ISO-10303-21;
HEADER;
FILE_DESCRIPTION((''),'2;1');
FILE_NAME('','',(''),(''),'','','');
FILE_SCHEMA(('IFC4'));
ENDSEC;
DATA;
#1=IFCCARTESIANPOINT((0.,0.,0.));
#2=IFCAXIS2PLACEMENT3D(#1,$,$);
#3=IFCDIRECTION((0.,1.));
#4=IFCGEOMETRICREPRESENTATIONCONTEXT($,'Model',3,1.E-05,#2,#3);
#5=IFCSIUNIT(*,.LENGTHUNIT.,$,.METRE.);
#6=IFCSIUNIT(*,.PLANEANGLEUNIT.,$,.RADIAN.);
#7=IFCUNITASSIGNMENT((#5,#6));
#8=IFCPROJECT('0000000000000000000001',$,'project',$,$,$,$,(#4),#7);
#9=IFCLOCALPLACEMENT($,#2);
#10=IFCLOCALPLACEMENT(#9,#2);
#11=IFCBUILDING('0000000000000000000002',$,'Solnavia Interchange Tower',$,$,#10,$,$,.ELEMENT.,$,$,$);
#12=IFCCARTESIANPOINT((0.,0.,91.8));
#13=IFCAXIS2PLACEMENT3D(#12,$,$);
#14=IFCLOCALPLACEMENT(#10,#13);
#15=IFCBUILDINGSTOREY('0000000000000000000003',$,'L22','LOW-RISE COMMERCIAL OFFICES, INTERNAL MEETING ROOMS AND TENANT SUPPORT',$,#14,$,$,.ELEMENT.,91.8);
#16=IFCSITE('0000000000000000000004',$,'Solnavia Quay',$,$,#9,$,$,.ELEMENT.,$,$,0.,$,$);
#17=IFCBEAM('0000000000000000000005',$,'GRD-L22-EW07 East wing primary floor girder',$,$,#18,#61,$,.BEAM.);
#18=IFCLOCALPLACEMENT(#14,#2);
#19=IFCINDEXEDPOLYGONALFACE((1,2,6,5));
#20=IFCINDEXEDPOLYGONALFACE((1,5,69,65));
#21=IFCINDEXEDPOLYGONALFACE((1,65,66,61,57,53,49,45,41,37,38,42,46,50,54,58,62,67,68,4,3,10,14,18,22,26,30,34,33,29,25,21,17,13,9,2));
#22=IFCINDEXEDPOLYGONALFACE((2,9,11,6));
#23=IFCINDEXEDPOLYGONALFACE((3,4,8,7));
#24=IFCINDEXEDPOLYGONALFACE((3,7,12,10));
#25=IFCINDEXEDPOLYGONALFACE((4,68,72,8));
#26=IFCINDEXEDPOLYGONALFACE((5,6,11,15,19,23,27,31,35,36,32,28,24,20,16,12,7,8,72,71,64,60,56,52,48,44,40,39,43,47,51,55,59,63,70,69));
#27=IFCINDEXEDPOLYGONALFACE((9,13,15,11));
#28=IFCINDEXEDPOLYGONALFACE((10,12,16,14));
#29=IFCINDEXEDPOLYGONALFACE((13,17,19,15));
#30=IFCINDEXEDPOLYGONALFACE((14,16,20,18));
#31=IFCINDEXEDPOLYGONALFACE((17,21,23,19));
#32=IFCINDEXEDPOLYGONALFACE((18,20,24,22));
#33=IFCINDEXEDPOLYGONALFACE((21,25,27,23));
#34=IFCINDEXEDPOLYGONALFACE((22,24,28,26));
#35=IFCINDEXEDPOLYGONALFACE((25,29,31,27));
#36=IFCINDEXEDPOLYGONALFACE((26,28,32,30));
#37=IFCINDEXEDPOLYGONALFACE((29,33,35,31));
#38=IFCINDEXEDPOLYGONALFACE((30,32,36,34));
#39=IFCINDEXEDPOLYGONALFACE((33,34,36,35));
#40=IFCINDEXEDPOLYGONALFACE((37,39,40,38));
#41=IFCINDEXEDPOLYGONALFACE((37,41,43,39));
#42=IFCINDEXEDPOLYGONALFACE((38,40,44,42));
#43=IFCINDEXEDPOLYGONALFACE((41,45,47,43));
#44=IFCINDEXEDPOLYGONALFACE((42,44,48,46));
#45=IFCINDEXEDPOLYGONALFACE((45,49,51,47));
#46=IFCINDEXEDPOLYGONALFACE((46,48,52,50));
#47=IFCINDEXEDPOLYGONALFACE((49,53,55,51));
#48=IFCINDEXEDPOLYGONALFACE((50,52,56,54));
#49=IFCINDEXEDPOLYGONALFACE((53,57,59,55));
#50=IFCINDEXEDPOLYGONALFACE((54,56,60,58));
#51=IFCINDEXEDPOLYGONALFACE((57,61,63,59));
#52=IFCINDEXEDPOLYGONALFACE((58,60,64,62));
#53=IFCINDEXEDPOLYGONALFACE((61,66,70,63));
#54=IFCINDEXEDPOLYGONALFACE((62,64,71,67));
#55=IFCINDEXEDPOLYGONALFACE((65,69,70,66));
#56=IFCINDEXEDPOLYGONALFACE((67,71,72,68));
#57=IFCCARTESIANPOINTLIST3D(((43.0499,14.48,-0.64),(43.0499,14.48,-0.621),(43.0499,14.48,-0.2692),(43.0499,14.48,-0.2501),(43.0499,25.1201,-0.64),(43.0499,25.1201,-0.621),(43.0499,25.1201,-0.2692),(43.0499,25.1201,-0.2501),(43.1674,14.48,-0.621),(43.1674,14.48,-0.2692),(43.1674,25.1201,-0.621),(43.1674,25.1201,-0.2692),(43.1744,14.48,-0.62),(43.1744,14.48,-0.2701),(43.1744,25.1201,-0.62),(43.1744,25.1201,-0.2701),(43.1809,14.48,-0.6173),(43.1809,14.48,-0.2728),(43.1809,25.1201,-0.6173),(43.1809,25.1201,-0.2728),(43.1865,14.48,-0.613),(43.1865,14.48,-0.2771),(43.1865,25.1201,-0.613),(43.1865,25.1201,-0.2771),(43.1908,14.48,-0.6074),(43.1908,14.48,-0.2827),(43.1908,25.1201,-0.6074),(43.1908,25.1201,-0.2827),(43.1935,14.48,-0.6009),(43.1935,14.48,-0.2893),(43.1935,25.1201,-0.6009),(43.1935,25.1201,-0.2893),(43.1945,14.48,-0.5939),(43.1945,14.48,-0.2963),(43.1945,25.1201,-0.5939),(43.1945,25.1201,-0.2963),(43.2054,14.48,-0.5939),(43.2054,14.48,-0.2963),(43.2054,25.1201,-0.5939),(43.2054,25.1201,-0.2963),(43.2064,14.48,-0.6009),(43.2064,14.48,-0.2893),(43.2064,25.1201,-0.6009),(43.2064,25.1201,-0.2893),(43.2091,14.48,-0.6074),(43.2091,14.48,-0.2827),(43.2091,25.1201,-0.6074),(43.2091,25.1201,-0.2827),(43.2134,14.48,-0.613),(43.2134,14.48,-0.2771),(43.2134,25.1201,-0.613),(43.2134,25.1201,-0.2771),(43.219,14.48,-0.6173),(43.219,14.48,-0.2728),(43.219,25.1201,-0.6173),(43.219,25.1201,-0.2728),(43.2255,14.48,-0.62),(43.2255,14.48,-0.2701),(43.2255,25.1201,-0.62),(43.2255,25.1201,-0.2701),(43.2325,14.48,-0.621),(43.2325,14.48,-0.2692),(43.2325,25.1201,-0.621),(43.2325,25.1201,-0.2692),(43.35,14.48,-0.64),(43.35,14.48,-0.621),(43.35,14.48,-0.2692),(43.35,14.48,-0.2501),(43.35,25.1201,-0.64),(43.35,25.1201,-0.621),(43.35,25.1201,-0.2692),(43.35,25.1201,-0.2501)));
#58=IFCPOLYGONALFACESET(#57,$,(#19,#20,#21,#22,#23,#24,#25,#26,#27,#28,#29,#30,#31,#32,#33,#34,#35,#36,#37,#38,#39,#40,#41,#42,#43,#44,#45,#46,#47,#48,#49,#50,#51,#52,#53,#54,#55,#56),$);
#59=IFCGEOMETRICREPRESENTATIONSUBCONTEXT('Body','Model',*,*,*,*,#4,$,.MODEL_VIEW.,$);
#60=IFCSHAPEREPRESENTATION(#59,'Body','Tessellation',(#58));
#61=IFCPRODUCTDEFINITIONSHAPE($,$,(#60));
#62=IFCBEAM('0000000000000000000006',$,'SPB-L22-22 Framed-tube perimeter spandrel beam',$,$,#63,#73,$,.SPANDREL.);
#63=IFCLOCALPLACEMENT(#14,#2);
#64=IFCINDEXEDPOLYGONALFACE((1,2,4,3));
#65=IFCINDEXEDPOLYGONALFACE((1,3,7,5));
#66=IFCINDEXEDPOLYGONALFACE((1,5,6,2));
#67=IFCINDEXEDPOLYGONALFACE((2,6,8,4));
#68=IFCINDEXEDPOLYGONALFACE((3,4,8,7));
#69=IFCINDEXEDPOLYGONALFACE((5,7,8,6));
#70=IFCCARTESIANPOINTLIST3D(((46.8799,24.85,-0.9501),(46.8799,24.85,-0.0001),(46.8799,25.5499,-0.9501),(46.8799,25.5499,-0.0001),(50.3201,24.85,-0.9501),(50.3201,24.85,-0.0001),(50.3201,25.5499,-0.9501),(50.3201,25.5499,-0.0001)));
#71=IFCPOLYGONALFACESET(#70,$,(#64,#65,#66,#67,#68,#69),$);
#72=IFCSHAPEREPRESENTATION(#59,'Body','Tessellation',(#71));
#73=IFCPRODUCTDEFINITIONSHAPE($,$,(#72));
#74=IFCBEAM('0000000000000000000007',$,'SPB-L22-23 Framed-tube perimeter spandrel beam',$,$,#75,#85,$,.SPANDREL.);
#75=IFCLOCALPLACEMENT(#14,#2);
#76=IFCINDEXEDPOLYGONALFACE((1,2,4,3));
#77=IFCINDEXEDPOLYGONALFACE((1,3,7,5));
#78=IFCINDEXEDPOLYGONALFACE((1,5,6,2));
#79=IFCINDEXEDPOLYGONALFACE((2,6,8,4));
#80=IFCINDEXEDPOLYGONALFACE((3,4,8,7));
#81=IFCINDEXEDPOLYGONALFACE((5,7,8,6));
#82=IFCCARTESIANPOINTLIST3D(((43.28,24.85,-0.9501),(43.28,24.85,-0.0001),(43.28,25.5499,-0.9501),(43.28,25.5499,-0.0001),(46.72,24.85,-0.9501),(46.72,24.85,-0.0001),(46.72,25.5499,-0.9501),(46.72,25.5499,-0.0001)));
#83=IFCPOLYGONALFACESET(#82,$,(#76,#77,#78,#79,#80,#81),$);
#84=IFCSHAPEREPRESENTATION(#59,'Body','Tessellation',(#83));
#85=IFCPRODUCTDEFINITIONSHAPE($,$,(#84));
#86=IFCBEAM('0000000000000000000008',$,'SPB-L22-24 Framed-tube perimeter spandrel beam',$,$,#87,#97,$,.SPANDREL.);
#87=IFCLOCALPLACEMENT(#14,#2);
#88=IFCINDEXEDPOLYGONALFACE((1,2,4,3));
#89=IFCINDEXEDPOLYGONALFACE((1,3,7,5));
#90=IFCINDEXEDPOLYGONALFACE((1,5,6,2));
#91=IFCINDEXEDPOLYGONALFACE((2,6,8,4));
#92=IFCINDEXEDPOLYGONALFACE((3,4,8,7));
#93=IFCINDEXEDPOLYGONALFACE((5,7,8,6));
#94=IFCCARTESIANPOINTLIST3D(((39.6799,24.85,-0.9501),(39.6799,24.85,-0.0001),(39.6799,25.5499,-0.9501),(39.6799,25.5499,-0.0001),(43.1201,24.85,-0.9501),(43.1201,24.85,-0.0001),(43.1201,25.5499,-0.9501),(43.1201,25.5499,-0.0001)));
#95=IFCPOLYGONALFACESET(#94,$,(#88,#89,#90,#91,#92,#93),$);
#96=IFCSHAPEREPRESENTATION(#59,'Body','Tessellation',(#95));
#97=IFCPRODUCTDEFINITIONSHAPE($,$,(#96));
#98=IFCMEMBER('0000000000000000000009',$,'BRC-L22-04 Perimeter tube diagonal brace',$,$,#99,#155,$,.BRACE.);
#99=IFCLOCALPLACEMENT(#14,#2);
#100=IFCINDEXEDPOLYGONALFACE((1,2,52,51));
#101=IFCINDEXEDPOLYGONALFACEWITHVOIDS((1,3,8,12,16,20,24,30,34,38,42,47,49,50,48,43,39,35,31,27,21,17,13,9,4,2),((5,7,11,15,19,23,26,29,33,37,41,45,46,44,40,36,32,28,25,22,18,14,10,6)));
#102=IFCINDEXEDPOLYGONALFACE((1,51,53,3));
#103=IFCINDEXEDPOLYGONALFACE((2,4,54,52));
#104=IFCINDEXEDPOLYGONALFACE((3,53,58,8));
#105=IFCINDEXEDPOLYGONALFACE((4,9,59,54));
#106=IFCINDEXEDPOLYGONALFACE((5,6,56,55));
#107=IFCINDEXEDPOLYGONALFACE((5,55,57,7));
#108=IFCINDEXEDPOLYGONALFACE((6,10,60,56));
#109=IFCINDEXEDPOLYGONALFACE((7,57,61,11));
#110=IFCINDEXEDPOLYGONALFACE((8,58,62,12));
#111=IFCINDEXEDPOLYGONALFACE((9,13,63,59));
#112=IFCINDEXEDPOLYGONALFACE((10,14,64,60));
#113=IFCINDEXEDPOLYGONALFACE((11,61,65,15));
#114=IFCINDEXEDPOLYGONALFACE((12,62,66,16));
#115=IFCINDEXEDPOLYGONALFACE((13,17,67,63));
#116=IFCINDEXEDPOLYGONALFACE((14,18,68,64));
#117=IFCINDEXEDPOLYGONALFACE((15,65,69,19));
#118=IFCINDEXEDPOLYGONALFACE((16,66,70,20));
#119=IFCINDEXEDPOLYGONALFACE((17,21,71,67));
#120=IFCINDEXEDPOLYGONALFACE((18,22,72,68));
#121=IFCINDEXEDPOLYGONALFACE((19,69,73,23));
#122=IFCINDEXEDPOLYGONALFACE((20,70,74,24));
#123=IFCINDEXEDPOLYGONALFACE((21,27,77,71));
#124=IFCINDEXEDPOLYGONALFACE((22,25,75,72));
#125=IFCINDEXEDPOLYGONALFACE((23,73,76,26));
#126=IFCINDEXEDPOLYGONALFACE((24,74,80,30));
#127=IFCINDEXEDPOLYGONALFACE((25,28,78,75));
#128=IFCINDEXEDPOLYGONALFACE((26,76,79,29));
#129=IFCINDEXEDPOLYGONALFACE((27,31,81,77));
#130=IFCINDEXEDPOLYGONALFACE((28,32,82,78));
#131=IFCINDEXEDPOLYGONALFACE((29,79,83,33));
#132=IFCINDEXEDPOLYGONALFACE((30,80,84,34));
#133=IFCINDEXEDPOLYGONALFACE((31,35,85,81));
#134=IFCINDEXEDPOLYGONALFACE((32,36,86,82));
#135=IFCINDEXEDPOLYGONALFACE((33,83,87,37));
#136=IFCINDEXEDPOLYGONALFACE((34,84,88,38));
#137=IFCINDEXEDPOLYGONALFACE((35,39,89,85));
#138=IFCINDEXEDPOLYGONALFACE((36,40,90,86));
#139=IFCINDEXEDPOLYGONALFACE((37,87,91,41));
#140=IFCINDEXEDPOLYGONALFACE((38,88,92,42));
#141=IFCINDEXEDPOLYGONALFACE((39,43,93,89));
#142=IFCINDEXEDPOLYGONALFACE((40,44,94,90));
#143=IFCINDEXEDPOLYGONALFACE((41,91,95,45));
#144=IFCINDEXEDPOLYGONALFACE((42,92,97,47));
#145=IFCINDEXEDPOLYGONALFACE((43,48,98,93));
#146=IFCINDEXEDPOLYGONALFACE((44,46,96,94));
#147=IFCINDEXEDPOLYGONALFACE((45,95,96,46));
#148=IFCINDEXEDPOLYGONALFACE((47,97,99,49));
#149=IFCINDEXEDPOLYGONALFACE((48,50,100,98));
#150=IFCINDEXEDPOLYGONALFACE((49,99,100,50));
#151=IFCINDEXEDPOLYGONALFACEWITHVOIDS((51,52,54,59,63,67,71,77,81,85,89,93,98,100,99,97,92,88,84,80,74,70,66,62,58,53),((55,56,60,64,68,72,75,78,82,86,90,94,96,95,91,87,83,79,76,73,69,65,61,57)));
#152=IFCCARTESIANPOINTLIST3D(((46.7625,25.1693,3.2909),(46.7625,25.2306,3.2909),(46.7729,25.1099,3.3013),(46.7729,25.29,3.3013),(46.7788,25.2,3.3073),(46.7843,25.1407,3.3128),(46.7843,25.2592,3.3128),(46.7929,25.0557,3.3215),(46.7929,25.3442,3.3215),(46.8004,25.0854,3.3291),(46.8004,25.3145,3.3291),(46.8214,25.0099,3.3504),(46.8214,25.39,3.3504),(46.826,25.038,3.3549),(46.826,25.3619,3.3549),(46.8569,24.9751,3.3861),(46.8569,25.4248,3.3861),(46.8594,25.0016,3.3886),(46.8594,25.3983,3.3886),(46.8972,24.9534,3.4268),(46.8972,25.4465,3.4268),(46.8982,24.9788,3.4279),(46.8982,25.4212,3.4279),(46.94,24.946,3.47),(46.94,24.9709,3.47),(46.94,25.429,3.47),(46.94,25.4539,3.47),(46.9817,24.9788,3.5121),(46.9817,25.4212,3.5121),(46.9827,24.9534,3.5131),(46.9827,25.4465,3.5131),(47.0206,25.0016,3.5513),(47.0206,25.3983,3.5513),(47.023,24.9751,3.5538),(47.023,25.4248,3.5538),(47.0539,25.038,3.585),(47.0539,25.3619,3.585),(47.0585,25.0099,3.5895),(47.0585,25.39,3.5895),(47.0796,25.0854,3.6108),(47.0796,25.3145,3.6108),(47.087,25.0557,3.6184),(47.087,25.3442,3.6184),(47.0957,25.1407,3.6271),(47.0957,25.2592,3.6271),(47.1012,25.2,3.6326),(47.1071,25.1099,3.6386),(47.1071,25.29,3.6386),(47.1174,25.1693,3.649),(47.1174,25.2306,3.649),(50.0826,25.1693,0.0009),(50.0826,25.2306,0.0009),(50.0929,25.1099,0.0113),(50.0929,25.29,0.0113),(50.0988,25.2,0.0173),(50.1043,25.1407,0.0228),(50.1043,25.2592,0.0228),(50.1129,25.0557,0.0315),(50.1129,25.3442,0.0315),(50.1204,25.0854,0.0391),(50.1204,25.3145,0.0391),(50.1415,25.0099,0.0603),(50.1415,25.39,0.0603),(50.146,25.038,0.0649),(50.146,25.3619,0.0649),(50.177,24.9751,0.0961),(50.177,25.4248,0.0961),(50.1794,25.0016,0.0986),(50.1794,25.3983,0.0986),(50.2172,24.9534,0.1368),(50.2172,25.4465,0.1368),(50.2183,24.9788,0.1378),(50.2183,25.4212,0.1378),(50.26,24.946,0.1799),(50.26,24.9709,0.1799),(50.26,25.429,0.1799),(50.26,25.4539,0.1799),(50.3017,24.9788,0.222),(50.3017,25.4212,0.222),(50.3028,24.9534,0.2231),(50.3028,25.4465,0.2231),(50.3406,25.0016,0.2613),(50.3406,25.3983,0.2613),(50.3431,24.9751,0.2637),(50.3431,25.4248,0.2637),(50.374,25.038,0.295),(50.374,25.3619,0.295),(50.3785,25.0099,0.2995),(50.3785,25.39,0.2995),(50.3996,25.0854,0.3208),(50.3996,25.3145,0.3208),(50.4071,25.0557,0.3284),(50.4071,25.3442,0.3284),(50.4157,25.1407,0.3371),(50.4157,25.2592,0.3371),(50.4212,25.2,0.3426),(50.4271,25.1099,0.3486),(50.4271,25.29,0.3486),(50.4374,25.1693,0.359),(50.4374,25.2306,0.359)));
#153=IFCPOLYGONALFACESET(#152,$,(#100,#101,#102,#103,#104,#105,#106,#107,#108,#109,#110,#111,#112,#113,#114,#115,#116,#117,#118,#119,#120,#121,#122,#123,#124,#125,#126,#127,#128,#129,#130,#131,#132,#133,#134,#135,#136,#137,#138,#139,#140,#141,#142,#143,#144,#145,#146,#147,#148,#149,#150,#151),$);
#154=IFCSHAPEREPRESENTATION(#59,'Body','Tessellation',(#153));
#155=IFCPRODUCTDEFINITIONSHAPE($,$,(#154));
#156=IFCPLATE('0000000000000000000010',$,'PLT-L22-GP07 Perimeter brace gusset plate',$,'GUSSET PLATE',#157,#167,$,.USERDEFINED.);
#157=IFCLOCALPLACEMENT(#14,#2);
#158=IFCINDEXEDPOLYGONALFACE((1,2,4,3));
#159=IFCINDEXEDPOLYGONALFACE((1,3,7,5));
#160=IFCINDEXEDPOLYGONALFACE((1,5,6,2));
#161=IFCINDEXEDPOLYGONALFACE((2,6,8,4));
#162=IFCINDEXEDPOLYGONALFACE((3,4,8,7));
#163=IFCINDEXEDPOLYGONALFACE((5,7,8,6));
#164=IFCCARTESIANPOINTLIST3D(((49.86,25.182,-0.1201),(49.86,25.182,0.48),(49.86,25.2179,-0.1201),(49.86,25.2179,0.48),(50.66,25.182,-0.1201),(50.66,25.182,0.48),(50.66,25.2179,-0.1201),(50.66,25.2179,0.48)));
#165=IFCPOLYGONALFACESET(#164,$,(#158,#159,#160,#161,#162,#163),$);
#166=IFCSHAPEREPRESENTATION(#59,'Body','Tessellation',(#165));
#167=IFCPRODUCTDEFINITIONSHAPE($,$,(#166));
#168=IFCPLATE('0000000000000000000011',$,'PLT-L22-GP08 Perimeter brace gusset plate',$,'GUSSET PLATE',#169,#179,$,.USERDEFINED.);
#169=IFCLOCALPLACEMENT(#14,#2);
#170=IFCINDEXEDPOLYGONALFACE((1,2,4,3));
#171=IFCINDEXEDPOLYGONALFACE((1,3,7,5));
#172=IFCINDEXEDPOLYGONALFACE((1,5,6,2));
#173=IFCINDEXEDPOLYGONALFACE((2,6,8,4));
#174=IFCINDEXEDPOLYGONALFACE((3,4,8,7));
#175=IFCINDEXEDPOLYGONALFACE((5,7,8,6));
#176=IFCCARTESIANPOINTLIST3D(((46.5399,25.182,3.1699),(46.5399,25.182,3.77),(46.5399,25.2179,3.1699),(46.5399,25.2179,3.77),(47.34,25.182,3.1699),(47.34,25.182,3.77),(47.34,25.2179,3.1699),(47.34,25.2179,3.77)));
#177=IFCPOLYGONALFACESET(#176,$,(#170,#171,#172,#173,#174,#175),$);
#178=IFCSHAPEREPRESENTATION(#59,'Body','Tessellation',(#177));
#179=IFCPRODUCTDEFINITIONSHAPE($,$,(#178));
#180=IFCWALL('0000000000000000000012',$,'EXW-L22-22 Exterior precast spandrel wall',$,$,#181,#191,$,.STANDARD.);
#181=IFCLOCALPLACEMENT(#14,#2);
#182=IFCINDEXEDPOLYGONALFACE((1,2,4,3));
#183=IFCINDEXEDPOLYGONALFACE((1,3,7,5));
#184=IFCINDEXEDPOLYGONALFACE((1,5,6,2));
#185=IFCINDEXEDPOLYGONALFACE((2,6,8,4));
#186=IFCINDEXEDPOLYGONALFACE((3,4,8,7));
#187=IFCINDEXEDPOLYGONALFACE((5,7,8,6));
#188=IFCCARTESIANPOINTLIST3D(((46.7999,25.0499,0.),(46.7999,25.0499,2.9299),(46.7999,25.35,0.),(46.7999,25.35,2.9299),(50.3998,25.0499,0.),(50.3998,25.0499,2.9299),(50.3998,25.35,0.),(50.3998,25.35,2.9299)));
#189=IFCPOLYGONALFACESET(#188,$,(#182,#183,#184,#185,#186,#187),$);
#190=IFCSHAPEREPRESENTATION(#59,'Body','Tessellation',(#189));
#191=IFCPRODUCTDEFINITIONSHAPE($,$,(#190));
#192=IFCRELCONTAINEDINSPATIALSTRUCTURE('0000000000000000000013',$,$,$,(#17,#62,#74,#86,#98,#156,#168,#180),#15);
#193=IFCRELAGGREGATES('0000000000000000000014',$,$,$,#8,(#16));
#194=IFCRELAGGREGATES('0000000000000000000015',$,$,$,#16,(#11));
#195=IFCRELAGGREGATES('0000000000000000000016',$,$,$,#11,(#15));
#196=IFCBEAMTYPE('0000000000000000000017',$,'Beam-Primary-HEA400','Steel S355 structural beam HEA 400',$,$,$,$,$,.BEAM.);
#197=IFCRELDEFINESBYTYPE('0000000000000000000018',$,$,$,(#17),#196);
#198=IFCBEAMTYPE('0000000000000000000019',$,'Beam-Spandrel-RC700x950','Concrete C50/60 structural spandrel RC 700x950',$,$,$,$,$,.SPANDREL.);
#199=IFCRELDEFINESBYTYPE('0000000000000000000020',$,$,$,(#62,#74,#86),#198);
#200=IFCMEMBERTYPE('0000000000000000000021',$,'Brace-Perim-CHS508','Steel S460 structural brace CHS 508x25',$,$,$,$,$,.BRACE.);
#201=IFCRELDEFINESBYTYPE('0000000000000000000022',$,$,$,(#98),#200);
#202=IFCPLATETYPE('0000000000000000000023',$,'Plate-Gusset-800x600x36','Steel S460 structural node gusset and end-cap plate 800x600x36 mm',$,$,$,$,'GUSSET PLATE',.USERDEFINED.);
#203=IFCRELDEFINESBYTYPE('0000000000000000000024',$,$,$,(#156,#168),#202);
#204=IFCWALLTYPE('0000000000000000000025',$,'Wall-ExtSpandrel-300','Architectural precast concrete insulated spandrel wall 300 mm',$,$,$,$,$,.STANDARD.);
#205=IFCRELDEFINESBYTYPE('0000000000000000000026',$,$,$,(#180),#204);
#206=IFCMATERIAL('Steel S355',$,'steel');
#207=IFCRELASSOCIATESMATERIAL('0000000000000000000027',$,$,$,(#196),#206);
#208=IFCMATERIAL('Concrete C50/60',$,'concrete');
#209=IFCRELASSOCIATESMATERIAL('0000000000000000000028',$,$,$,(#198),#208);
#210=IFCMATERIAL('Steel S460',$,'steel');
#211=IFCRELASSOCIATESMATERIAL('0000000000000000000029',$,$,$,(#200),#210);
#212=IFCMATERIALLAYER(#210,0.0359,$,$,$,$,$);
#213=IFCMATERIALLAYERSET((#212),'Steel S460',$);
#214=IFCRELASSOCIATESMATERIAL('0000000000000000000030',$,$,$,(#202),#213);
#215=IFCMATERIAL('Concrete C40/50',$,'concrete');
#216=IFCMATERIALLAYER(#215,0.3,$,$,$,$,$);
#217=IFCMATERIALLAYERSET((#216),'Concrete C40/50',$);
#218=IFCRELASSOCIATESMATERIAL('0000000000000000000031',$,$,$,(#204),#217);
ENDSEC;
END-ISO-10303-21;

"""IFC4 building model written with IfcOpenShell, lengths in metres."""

from ifc_helpers import new_model, si_unit, direction, frame, frame_2d, origin, origin_2d, place, context, subcontext, project, spatial, rectangle, hollow_circle, i_section, extrude, material, layer, layer_set, material_profile, profile_set, type_object, element, save


model = new_model("IFC4")

# Units and contexts
model_context = context("Model", 3, precision=1e-05, world=origin(), true_north=direction((0.0, 1.0)))
body_context = subcontext(model_context, "Body", "Model", "MODEL_VIEW")
ifc_project = project(units=[si_unit("LENGTHUNIT", "METRE"), si_unit("PLANEANGLEUNIT", "RADIAN")], contexts=[model_context])

# Site, building, storey
site_placement = place(None, origin())
site = spatial("IfcSite", under=ifc_project, at=site_placement, Name="Solnavia Quay", CompositionType="ELEMENT", RefElevation=0.0)
building_placement = place(site_placement, origin())
building = spatial("IfcBuilding", under=site, at=building_placement, Name="Solnavia Interchange Tower", CompositionType="ELEMENT")
storey_placement = place(building_placement, frame((0.0, 0.0, 91.8)))
storey = spatial("IfcBuildingStorey", under=building, at=storey_placement, Name="L22", Description="LOW-RISE COMMERCIAL OFFICES, INTERNAL MEETING ROOMS AND TENANT SUPPORT", CompositionType="ELEMENT", Elevation=91.8)

# Shared definitions
ifc_material_1 = material(Name="Concrete C50/60", Category="concrete")
ifc_material_2 = material(Name="Steel S355", Category="steel")

# Beams
ifc_material_profile_1 = material_profile(ifc_material_2, i_section(OverallWidth=0.3, OverallDepth=0.3899, WebThickness=0.011, FlangeThickness=0.019, FilletRadius=0.0271, at=origin_2d()), Name="HEA 400")
ifc_profile_set_1 = profile_set([ifc_material_profile_1], Name="Steel S355")
beam_type_1 = type_object("IfcBeamType", Name="Beam-Primary-HEA400", Description="Steel S355 structural beam HEA 400", PredefinedType="BEAM", material=ifc_profile_set_1)
beam_1_placement = place(storey_placement, frame((43.2, 14.48, -0.4451), z_axis=(0.0, 1.0, 0.0), x_axis=(-1.0, 0.0, 0.0)))
element("IfcBeam", 1, at=beam_1_placement, inside=storey, type_object=beam_type_1, Name="GRD-L22-EW07 East wing primary floor girder", PredefinedType="BEAM", context=body_context, shape_type="SweptSolid", body=[
    extrude(i_section(OverallWidth=0.3, OverallDepth=0.3899, WebThickness=0.011, FlangeThickness=0.019, FilletRadius=0.0271, at=origin_2d()), origin(), (0.0, 0.0, 1.0), 10.6401),
])
ifc_material_profile_2 = material_profile(ifc_material_1, rectangle(XDim=0.7, YDim=0.95, at=origin_2d()), Name="RC 700x950")
ifc_profile_set_2 = profile_set([ifc_material_profile_2], Name="Concrete C50/60")
beam_type_2 = type_object("IfcBeamType", Name="Beam-Spandrel-RC700x950", Description="Concrete C50/60 structural spandrel RC 700x950", PredefinedType="SPANDREL", material=ifc_profile_set_2)
beam_2_placement = place(storey_placement, frame((50.3201, 25.2, -0.4751), z_axis=(-1.0, 0.0, 0.0), x_axis=(0.0, -1.0, 0.0)))
element("IfcBeam", 2, at=beam_2_placement, inside=storey, type_object=beam_type_2, Name="SPB-L22-22 Framed-tube perimeter spandrel beam", PredefinedType="SPANDREL", context=body_context, shape_type="SweptSolid", body=[
    extrude(rectangle(XDim=0.7, YDim=0.95, at=origin_2d()), origin(), (0.0, 0.0, 1.0), 3.4402),
])
beam_3_placement = place(storey_placement, frame((46.72, 25.2, -0.4751), z_axis=(-1.0, 0.0, 0.0), x_axis=(0.0, -1.0, 0.0)))
element("IfcBeam", 3, at=beam_3_placement, inside=storey, type_object=beam_type_2, Name="SPB-L22-23 Framed-tube perimeter spandrel beam", PredefinedType="SPANDREL", context=body_context, shape_type="SweptSolid", body=[
    extrude(rectangle(XDim=0.7, YDim=0.95, at=origin_2d()), origin(), (0.0, 0.0, 1.0), 3.4399),
])
beam_4_placement = place(storey_placement, frame((43.1201, 25.2, -0.4751), z_axis=(-1.0, 0.0, 0.0), x_axis=(0.0, -1.0, 0.0)))
element("IfcBeam", 4, at=beam_4_placement, inside=storey, type_object=beam_type_2, Name="SPB-L22-24 Framed-tube perimeter spandrel beam", PredefinedType="SPANDREL", context=body_context, shape_type="SweptSolid", body=[
    extrude(rectangle(XDim=0.7, YDim=0.95, at=origin_2d()), origin(), (0.0, 0.0, 1.0), 3.4402),
])

# Member
ifc_material_3 = material(Name="Steel S460", Category="steel")
ifc_material_profile_3 = material_profile(ifc_material_3, hollow_circle(Radius=0.2539, WallThickness=0.0249, at=origin_2d()), Name="CHS 508x25")
ifc_profile_set_3 = profile_set([ifc_material_profile_3], Name="Steel S460")
member_type = type_object("IfcMemberType", Name="Brace-Perim-CHS508", Description="Steel S460 structural brace CHS 508x25", PredefinedType="BRACE", material=ifc_profile_set_3)
member_placement = place(storey_placement, frame((50.26, 25.2, 0.1799), z_axis=(-0.710312, 0.0, 0.703887), x_axis=(0.0, -1.0, 0.0)))
element("IfcMember", 5, at=member_placement, inside=storey, type_object=member_type, Name="BRC-L22-04 Perimeter tube diagonal brace", PredefinedType="BRACE", context=body_context, shape_type="SweptSolid", body=[
    extrude(hollow_circle(Radius=0.2539, WallThickness=0.0249, at=origin_2d()), origin(), (0.0, 0.0, 1.0), 4.6741),
])

# Plates
ifc_layer_1 = layer(ifc_material_3, 0.0359)
ifc_layer_set_1 = layer_set([ifc_layer_1], Name="Steel S460")
plate_type = type_object("IfcPlateType", Name="Plate-Gusset-800x600x36", Description="Steel S460 structural node gusset and end-cap plate 800x600x36 mm", ElementType="GUSSET PLATE", PredefinedType="USERDEFINED", material=ifc_layer_set_1)
for number, where, z_axis, x_axis, name in (
    (6, (50.26, 25.2, -0.1201), (0.0, 0.0, 1.0), (-1.0, 0.0, 0.0), "PLT-L22-GP07 Perimeter brace gusset plate"),
    (7, (46.9399, 25.2, 3.1699), (0.0, 0.0, 1.0), (-1.0, 0.0, 0.0), "PLT-L22-GP08 Perimeter brace gusset plate"),
):
    element("IfcPlate", number, at=place(storey_placement, frame(where, z_axis=z_axis, x_axis=x_axis)), inside=storey, type_object=plate_type, Name=name, ObjectType="GUSSET PLATE", PredefinedType="USERDEFINED", context=body_context, shape_type="SweptSolid", body=[
        extrude(rectangle(XDim=0.8, YDim=0.0359, at=origin_2d()), origin(), (0.0, 0.0, 1.0), 0.6001),
    ])

# Wall
ifc_material_4 = material(Name="Concrete C40/50", Category="concrete")
ifc_layer_2 = layer(ifc_material_4, 0.3)
ifc_layer_set_2 = layer_set([ifc_layer_2], Name="Concrete C40/50")
wall_type = type_object("IfcWallType", Name="Wall-ExtSpandrel-300", Description="Architectural precast concrete insulated spandrel wall 300 mm", PredefinedType="STANDARD", material=ifc_layer_set_2)
wall_1_placement = place(storey_placement, frame((46.8, 25.2, 0.0), z_axis=(0.0, 0.0, 1.0), x_axis=(1.0, 0.0, 0.0)))
element("IfcWall", 8, at=wall_1_placement, inside=storey, type_object=wall_type, Name="EXW-L22-22 Exterior precast spandrel wall", PredefinedType="STANDARD", context=body_context, shape_type="SweptSolid", body=[
    extrude(rectangle(XDim=3.5999, YDim=0.3, at=frame_2d((1.7998, 0.0))), origin(), (0.0, 0.0, 1.0), 2.9299),
])

save(model, "model.ifc")
